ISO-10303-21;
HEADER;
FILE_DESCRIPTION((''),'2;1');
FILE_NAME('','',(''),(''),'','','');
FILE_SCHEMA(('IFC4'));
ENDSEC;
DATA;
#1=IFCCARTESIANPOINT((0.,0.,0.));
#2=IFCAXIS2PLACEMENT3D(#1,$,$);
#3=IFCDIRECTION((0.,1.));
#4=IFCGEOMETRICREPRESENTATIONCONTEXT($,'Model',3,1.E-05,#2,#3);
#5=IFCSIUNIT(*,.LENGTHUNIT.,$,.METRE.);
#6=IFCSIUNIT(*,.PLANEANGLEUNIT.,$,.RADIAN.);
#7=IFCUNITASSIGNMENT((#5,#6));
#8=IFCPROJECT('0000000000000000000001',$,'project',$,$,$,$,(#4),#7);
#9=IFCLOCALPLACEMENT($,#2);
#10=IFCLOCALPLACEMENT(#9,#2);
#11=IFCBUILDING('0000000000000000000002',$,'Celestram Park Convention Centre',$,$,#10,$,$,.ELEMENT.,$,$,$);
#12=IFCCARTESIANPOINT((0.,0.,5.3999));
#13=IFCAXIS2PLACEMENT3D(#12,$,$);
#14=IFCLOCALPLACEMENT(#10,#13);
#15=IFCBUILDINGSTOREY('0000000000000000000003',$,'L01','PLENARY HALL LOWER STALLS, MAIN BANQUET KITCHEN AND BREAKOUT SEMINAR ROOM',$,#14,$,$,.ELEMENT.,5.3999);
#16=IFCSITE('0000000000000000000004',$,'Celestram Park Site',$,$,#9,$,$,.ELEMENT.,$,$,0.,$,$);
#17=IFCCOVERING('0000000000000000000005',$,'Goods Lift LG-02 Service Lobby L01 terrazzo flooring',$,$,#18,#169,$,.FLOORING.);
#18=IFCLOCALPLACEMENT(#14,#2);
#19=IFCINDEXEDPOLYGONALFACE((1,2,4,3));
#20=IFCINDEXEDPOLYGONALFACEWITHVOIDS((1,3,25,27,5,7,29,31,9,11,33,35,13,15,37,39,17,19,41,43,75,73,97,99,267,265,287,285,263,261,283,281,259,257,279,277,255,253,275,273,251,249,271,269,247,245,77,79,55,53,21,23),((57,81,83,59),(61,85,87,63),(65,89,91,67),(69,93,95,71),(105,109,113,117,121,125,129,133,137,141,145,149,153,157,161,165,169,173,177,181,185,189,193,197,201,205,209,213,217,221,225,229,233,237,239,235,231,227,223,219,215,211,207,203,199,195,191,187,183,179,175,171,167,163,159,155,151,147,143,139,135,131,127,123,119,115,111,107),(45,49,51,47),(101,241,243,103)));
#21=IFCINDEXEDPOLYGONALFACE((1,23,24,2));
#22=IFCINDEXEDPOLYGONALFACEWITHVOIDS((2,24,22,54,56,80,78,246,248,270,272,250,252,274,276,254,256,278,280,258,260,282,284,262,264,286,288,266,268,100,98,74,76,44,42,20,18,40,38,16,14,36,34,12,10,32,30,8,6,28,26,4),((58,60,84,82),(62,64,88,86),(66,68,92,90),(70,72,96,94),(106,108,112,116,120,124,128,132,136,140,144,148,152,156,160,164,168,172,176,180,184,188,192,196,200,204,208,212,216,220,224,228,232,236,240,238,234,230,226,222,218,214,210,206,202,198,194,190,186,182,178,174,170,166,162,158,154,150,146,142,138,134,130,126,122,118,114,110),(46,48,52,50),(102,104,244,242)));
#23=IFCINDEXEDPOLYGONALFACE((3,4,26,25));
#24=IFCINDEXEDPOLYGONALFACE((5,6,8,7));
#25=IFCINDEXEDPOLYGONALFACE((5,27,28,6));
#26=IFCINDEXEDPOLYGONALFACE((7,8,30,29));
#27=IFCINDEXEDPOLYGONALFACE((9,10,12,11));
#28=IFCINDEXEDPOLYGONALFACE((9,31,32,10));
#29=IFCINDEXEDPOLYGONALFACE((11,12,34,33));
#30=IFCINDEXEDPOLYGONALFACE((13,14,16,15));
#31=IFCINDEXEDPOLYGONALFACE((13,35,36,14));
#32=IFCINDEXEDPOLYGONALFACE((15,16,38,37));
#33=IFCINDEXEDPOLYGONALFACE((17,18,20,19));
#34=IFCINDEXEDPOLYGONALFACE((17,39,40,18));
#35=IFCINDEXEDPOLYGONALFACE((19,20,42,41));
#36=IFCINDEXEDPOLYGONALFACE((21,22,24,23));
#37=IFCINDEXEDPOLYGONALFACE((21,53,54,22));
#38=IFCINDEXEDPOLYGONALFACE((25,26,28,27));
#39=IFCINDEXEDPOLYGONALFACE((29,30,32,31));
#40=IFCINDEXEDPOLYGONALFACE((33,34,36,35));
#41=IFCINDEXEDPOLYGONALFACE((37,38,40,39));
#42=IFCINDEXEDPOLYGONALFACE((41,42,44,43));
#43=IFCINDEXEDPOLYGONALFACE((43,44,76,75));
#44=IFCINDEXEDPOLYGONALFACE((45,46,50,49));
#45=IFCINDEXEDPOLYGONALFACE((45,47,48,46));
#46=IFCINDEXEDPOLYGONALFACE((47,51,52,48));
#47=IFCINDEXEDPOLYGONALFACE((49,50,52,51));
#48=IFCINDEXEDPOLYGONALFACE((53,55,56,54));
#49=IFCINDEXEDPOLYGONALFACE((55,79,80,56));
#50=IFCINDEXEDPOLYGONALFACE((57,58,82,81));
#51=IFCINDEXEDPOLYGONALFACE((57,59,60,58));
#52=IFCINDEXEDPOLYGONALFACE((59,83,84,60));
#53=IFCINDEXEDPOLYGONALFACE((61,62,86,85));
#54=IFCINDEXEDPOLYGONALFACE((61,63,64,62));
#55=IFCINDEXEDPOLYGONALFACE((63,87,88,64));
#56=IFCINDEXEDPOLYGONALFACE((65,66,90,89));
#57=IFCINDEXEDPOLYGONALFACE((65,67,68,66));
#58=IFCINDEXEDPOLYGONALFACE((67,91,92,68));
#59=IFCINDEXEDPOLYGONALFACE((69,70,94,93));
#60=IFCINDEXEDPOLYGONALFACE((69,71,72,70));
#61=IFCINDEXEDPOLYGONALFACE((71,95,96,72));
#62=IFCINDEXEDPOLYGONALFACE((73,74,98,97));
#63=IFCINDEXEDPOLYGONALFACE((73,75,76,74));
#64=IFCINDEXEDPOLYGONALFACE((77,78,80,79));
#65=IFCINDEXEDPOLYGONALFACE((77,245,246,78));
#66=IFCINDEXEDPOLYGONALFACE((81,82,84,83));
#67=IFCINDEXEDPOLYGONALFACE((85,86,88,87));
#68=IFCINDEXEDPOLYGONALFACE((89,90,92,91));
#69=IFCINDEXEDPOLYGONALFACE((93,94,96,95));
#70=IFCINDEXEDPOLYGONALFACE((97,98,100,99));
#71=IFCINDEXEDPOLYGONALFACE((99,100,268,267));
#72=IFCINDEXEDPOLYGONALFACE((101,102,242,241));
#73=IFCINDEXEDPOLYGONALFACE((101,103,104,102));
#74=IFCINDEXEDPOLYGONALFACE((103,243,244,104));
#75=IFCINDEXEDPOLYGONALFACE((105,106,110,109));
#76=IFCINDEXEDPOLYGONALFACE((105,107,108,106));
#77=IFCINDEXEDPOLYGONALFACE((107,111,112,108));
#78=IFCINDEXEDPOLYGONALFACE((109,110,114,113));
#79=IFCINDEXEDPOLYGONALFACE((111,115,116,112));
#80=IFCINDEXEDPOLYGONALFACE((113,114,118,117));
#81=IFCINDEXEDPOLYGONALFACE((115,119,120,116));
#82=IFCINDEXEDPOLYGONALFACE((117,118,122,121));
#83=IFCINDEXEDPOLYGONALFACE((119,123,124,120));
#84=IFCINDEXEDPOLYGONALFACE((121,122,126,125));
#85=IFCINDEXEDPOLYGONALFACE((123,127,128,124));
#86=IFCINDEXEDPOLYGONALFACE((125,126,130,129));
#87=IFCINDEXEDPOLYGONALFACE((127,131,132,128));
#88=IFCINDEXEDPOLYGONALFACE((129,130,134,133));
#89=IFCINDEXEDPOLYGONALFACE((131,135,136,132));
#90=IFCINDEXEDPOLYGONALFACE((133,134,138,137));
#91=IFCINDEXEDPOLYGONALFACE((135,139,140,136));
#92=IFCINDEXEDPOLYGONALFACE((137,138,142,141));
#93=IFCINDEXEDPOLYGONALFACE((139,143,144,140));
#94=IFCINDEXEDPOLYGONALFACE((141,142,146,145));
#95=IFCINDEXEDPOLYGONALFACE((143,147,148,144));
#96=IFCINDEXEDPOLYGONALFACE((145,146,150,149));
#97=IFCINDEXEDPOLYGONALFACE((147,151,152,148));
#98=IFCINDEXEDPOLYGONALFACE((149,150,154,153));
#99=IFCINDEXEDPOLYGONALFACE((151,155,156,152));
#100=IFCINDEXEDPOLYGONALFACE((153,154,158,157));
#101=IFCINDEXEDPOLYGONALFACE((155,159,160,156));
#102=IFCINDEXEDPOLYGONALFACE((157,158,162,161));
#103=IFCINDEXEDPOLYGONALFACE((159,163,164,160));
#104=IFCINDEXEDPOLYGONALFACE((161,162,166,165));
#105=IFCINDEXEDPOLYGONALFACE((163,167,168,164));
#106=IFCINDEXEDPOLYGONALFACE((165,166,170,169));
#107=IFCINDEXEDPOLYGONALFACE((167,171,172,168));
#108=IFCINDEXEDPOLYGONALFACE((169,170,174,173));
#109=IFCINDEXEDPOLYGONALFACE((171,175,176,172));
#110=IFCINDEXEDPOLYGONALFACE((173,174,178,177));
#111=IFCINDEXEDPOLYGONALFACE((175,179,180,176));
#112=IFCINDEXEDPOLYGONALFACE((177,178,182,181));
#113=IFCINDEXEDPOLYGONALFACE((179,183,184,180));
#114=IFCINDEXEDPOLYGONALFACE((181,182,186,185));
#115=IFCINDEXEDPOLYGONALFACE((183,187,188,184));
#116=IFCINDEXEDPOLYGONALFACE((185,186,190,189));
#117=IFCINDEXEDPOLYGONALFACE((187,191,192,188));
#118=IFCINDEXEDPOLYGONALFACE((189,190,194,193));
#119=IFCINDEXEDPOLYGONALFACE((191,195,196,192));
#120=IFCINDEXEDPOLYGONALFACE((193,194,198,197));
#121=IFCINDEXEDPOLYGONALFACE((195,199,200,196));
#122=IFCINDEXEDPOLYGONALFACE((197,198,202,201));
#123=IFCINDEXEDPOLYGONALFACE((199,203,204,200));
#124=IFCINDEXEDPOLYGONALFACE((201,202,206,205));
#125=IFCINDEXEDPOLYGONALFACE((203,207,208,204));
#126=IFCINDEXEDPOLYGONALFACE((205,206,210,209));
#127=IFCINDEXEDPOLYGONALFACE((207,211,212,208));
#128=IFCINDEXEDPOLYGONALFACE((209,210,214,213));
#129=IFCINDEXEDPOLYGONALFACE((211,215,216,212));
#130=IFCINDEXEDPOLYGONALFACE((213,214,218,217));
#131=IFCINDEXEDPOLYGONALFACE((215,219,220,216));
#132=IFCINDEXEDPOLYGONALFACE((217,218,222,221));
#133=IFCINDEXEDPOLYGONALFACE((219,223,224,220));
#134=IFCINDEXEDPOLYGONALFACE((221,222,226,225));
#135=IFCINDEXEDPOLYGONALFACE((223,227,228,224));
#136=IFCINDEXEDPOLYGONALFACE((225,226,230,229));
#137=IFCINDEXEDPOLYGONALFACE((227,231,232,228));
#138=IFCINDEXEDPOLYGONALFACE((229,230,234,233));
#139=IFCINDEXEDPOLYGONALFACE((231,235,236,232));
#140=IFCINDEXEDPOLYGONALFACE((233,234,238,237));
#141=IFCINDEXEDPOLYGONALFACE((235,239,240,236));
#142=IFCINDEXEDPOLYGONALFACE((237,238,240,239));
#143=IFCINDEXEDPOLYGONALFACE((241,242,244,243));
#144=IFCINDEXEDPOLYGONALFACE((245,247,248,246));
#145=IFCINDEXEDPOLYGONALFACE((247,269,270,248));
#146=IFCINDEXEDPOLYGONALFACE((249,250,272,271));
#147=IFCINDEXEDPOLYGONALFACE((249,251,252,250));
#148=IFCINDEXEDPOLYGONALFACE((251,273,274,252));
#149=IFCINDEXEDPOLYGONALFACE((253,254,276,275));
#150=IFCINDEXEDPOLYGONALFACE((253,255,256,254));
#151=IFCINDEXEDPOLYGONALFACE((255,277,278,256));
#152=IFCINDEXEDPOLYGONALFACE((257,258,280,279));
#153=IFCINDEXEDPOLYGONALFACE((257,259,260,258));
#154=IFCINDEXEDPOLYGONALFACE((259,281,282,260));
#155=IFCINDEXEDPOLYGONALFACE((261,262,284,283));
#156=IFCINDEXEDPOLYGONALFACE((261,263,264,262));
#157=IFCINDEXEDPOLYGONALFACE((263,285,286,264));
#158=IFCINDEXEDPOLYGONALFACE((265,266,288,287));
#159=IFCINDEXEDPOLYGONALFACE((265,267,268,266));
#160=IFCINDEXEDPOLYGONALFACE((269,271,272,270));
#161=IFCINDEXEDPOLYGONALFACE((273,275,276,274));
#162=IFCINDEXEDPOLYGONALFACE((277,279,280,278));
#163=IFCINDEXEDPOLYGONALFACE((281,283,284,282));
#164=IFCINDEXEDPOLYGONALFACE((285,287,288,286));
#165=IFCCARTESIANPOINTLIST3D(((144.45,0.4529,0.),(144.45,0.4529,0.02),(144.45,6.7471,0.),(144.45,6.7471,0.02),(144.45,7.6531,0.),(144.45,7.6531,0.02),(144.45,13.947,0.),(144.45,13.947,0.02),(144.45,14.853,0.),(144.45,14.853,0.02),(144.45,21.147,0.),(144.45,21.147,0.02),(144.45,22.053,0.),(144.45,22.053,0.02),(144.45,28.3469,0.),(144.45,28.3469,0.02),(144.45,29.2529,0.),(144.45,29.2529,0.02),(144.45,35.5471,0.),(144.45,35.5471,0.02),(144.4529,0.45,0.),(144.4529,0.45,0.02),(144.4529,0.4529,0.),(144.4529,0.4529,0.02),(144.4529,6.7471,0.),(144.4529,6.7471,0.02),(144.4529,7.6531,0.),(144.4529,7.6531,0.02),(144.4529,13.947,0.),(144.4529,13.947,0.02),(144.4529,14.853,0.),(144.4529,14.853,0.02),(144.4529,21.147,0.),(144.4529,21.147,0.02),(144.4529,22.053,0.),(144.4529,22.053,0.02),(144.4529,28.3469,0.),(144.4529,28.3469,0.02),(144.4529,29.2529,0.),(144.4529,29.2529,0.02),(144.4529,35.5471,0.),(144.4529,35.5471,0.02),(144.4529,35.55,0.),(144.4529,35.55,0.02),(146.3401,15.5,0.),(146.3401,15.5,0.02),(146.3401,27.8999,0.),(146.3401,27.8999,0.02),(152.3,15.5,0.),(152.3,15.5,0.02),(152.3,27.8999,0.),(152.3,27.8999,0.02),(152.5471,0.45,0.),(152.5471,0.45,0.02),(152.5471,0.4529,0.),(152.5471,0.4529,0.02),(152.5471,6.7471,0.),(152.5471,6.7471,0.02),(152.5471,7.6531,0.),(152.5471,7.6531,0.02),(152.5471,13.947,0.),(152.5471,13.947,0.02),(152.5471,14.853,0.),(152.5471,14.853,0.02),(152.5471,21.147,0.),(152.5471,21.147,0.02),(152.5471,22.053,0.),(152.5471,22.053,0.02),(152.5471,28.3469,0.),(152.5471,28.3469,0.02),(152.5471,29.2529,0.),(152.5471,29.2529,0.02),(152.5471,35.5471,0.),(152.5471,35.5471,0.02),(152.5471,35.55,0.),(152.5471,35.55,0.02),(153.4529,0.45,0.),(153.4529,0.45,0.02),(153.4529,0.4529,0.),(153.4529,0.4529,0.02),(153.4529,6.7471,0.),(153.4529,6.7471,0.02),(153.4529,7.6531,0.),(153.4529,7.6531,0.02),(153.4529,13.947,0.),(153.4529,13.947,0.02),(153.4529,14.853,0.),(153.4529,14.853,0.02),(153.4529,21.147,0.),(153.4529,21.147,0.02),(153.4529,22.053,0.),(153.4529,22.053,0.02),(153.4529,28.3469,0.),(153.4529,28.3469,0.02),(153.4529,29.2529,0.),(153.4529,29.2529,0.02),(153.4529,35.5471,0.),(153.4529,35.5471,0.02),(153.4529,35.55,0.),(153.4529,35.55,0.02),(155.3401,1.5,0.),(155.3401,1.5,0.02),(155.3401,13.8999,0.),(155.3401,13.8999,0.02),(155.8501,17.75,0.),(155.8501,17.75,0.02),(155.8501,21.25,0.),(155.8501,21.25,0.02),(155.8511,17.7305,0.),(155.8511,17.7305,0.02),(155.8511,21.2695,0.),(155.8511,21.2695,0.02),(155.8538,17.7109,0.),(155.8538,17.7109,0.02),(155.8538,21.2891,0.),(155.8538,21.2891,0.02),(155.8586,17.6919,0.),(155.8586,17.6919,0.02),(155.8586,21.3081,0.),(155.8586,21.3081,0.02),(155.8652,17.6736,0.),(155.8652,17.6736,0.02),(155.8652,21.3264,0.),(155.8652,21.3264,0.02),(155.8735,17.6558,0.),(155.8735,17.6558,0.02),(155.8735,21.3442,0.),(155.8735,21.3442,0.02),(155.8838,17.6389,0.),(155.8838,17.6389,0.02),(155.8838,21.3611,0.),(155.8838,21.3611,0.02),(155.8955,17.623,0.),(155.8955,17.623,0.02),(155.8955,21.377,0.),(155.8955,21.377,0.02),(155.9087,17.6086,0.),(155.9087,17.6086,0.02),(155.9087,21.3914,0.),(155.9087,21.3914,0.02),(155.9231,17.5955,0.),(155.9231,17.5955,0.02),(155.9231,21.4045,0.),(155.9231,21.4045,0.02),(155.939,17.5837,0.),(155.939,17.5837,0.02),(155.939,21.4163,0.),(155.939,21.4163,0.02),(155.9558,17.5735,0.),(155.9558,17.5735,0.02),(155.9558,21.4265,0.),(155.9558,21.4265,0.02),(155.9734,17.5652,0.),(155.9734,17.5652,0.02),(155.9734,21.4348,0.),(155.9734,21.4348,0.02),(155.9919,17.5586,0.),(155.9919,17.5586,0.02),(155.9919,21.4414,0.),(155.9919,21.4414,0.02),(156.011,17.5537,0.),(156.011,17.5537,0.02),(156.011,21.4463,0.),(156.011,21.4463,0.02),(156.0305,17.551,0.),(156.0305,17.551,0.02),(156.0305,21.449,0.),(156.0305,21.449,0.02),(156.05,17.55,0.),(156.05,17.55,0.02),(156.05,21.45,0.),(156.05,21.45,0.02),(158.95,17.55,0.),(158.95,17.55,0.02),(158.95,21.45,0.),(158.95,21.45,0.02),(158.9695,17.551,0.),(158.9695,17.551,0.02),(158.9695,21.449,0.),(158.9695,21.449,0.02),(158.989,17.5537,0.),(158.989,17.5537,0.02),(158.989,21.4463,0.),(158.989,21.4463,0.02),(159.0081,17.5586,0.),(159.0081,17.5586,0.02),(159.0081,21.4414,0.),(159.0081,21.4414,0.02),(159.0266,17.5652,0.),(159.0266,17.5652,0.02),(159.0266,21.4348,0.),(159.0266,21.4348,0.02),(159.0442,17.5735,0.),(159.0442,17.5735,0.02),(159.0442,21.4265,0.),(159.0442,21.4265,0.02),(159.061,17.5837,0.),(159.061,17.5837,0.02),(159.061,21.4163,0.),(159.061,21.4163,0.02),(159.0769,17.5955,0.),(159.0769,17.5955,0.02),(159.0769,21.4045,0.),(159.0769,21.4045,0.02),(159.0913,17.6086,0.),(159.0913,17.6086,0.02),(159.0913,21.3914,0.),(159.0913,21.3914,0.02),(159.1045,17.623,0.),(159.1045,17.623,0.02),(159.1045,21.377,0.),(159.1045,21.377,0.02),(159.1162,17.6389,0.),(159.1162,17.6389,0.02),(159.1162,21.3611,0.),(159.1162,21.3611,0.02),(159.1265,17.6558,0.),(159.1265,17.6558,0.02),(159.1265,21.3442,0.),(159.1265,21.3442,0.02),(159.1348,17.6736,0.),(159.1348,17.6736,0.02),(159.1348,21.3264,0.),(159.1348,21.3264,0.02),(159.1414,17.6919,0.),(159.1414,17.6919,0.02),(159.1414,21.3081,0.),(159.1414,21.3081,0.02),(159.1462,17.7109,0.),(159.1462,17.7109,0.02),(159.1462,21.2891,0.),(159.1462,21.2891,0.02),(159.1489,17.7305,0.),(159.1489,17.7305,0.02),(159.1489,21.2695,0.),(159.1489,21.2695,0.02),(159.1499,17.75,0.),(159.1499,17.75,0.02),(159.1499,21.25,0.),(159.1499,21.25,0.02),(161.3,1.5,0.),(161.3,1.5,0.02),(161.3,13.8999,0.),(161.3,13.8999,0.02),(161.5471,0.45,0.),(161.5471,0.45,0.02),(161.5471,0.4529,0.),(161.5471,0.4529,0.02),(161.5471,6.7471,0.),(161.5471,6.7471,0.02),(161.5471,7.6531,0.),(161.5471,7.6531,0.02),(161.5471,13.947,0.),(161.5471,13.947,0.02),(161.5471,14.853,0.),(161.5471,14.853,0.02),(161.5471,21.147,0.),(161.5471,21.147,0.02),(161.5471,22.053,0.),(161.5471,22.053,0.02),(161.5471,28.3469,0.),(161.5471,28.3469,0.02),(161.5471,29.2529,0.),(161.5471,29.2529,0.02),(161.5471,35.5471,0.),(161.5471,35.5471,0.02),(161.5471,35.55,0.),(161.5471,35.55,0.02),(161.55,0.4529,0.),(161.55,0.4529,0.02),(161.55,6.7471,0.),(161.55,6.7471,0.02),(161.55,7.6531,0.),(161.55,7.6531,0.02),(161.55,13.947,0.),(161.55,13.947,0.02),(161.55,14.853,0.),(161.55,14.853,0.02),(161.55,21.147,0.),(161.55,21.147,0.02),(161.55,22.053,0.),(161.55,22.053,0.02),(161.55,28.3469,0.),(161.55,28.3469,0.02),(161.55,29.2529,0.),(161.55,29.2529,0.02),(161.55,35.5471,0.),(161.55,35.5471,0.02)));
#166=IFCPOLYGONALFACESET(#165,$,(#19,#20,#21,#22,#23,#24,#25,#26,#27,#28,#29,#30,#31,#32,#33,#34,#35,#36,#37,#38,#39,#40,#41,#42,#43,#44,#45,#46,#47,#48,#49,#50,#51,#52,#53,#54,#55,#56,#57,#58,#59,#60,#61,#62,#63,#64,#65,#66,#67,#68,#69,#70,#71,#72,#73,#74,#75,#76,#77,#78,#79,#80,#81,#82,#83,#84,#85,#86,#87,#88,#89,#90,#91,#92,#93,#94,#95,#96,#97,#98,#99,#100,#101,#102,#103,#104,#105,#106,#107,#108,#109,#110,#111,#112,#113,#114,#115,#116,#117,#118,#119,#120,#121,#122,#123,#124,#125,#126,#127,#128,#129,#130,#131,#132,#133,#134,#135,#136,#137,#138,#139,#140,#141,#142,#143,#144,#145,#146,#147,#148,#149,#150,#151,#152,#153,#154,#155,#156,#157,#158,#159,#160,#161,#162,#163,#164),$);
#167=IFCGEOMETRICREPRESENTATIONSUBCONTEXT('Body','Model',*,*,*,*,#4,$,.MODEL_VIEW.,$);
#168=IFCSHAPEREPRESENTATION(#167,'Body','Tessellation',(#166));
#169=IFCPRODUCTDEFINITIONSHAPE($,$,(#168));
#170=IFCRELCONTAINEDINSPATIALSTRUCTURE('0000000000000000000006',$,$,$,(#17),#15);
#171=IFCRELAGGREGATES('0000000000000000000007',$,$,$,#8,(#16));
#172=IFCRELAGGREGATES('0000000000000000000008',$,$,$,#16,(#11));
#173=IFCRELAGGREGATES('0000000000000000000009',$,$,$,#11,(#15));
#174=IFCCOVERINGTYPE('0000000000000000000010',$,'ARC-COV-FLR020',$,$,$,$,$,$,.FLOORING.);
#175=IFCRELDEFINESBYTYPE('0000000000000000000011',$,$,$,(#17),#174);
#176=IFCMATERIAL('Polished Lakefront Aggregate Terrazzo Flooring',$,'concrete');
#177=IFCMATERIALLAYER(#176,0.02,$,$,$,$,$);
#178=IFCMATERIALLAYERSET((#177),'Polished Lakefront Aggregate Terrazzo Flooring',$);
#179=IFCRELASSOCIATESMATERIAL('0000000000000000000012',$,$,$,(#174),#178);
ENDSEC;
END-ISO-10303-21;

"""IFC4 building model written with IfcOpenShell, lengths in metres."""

from ifc_helpers import new_model, si_unit, direction, frame, origin, place, context, subcontext, project, spatial, polyline, outline, extrude, material, layer, layer_set, type_object, element, save


model = new_model("IFC4")

# Units and contexts
model_context = context("Model", 3, precision=1e-05, world=origin(), true_north=direction((0.0, 1.0)))
body_context = subcontext(model_context, "Body", "Model", "MODEL_VIEW")
ifc_project = project(units=[si_unit("LENGTHUNIT", "METRE"), si_unit("PLANEANGLEUNIT", "RADIAN")], contexts=[model_context])

# Site, building, storey
site_placement = place(None, origin())
site = spatial("IfcSite", under=ifc_project, at=site_placement, Name="Celestram Park Site", CompositionType="ELEMENT", RefElevation=0.0)
building_placement = place(site_placement, origin())
building = spatial("IfcBuilding", under=site, at=building_placement, Name="Celestram Park Convention Centre", CompositionType="ELEMENT")
storey_placement = place(building_placement, frame((0.0, 0.0, 5.3999)))
storey = spatial("IfcBuildingStorey", under=building, at=storey_placement, Name="L01", Description="PLENARY HALL LOWER STALLS, MAIN BANQUET KITCHEN AND BREAKOUT SEMINAR ROOM", CompositionType="ELEMENT", Elevation=5.3999)

# Covering
ifc_material_1 = material(Name="Polished Lakefront Aggregate Terrazzo Flooring", Category="concrete")
ifc_layer_1 = layer(ifc_material_1, 0.02)
ifc_layer_set_1 = layer_set([ifc_layer_1], Name="Polished Lakefront Aggregate Terrazzo Flooring")
covering_type_1 = type_object("IfcCoveringType", Name="ARC-COV-FLR020", PredefinedType="FLOORING", material=ifc_layer_set_1)
covering_1_placement = place(storey_placement, origin())
element("IfcCovering", 1, at=covering_1_placement, inside=storey, type_object=covering_type_1, Name="Goods Lift LG-02 Service Lobby L01 terrazzo flooring", PredefinedType="FLOORING", context=body_context, shape_type="SweptSolid", body=[
    extrude(outline(polyline([(152.5471, 35.55), (152.5471, 35.5471), (153.4529, 35.5471), (153.4529, 35.55), (161.5471, 35.55), (161.5471, 35.5471), (161.55, 35.5471), (161.55, 29.2529), (161.5471, 29.2529), (161.5471, 28.3469), (161.55, 28.3469), (161.55, 22.053), (161.5471, 22.053), (161.5471, 21.147), (161.55, 21.147), (161.55, 14.853), (161.5471, 14.853), (161.5471, 13.947), (161.55, 13.947), (161.55, 7.6531), (161.5471, 7.6531), (161.5471, 6.7471), (161.55, 6.7471), (161.55, 0.4529), (161.5471, 0.4529), (161.5471, 0.45), (153.4529, 0.45), (153.4529, 0.4529), (152.5471, 0.4529), (152.5471, 0.45), (144.4529, 0.45), (144.4529, 0.4529), (144.45, 0.4529), (144.45, 6.7471), (144.4529, 6.7471), (144.4529, 7.6531), (144.45, 7.6531), (144.45, 13.947), (144.4529, 13.947), (144.4529, 14.853), (144.45, 14.853), (144.45, 21.147), (144.4529, 21.147), (144.4529, 22.053), (144.45, 22.053), (144.45, 28.3469), (144.4529, 28.3469), (144.4529, 29.2529), (144.45, 29.2529), (144.45, 35.5471), (144.4529, 35.5471), (144.4529, 35.55), (152.5471, 35.55)]), holes=[polyline([(155.9919, 21.4414), (155.9734, 21.4348), (155.9558, 21.4265), (155.939, 21.4163), (155.9231, 21.4045), (155.9087, 21.3914), (155.8955, 21.377), (155.8838, 21.3611), (155.8735, 21.3442), (155.8652, 21.3264), (155.8586, 21.3081), (155.8538, 21.2891), (155.8511, 21.2695), (155.8501, 21.25), (155.8501, 21.25), (155.8501, 17.75), (155.8501, 17.75), (155.8511, 17.7305), (155.8538, 17.7109), (155.8586, 17.6919), (155.8652, 17.6736), (155.8735, 17.6558), (155.8838, 17.6389), (155.8955, 17.623), (155.9087, 17.6086), (155.9231, 17.5955), (155.939, 17.5837), (155.9558, 17.5735), (155.9734, 17.5652), (155.9919, 17.5586), (156.011, 17.5537), (156.0305, 17.551), (156.05, 17.55), (158.95, 17.55), (158.9695, 17.551), (158.989, 17.5537), (159.0081, 17.5586), (159.0266, 17.5652), (159.0442, 17.5735), (159.061, 17.5837), (159.0769, 17.5955), (159.0913, 17.6086), (159.1045, 17.623), (159.1162, 17.6389), (159.1265, 17.6558), (159.1348, 17.6736), (159.1414, 17.6919), (159.1462, 17.7109), (159.1489, 17.7305), (159.1499, 17.75), (159.1499, 17.75), (159.1499, 21.25), (159.1499, 21.25), (159.1489, 21.2695), (159.1462, 21.2891), (159.1414, 21.3081), (159.1348, 21.3264), (159.1265, 21.3442), (159.1162, 21.3611), (159.1045, 21.377), (159.0913, 21.3914), (159.0769, 21.4045), (159.061, 21.4163), (159.0442, 21.4265), (159.0266, 21.4348), (159.0081, 21.4414), (158.989, 21.4463), (158.9695, 21.449), (158.95, 21.45), (156.05, 21.45), (156.0305, 21.449), (156.011, 21.4463), (155.9919, 21.4414)]), polyline([(161.3, 13.8999), (155.3401, 13.8999), (155.3401, 1.5), (161.3, 1.5), (161.3, 13.8999)]), polyline([(152.3, 27.8999), (146.3401, 27.8999), (146.3401, 15.5), (152.3, 15.5), (152.3, 27.8999)]), polyline([(153.4529, 7.6531), (152.5471, 7.6531), (152.5471, 6.7471), (153.4529, 6.7471), (153.4529, 7.6531)]), polyline([(153.4529, 14.853), (152.5471, 14.853), (152.5471, 13.947), (153.4529, 13.947), (153.4529, 14.853)]), polyline([(153.4529, 21.147), (153.4529, 22.053), (152.5471, 22.053), (152.5471, 21.147), (153.4529, 21.147)]), polyline([(153.4529, 29.2529), (152.5471, 29.2529), (152.5471, 28.3469), (153.4529, 28.3469), (153.4529, 29.2529)])]), origin(), (0.0, 0.0, 1.0), 0.02),
])

save(model, "model.ifc")
